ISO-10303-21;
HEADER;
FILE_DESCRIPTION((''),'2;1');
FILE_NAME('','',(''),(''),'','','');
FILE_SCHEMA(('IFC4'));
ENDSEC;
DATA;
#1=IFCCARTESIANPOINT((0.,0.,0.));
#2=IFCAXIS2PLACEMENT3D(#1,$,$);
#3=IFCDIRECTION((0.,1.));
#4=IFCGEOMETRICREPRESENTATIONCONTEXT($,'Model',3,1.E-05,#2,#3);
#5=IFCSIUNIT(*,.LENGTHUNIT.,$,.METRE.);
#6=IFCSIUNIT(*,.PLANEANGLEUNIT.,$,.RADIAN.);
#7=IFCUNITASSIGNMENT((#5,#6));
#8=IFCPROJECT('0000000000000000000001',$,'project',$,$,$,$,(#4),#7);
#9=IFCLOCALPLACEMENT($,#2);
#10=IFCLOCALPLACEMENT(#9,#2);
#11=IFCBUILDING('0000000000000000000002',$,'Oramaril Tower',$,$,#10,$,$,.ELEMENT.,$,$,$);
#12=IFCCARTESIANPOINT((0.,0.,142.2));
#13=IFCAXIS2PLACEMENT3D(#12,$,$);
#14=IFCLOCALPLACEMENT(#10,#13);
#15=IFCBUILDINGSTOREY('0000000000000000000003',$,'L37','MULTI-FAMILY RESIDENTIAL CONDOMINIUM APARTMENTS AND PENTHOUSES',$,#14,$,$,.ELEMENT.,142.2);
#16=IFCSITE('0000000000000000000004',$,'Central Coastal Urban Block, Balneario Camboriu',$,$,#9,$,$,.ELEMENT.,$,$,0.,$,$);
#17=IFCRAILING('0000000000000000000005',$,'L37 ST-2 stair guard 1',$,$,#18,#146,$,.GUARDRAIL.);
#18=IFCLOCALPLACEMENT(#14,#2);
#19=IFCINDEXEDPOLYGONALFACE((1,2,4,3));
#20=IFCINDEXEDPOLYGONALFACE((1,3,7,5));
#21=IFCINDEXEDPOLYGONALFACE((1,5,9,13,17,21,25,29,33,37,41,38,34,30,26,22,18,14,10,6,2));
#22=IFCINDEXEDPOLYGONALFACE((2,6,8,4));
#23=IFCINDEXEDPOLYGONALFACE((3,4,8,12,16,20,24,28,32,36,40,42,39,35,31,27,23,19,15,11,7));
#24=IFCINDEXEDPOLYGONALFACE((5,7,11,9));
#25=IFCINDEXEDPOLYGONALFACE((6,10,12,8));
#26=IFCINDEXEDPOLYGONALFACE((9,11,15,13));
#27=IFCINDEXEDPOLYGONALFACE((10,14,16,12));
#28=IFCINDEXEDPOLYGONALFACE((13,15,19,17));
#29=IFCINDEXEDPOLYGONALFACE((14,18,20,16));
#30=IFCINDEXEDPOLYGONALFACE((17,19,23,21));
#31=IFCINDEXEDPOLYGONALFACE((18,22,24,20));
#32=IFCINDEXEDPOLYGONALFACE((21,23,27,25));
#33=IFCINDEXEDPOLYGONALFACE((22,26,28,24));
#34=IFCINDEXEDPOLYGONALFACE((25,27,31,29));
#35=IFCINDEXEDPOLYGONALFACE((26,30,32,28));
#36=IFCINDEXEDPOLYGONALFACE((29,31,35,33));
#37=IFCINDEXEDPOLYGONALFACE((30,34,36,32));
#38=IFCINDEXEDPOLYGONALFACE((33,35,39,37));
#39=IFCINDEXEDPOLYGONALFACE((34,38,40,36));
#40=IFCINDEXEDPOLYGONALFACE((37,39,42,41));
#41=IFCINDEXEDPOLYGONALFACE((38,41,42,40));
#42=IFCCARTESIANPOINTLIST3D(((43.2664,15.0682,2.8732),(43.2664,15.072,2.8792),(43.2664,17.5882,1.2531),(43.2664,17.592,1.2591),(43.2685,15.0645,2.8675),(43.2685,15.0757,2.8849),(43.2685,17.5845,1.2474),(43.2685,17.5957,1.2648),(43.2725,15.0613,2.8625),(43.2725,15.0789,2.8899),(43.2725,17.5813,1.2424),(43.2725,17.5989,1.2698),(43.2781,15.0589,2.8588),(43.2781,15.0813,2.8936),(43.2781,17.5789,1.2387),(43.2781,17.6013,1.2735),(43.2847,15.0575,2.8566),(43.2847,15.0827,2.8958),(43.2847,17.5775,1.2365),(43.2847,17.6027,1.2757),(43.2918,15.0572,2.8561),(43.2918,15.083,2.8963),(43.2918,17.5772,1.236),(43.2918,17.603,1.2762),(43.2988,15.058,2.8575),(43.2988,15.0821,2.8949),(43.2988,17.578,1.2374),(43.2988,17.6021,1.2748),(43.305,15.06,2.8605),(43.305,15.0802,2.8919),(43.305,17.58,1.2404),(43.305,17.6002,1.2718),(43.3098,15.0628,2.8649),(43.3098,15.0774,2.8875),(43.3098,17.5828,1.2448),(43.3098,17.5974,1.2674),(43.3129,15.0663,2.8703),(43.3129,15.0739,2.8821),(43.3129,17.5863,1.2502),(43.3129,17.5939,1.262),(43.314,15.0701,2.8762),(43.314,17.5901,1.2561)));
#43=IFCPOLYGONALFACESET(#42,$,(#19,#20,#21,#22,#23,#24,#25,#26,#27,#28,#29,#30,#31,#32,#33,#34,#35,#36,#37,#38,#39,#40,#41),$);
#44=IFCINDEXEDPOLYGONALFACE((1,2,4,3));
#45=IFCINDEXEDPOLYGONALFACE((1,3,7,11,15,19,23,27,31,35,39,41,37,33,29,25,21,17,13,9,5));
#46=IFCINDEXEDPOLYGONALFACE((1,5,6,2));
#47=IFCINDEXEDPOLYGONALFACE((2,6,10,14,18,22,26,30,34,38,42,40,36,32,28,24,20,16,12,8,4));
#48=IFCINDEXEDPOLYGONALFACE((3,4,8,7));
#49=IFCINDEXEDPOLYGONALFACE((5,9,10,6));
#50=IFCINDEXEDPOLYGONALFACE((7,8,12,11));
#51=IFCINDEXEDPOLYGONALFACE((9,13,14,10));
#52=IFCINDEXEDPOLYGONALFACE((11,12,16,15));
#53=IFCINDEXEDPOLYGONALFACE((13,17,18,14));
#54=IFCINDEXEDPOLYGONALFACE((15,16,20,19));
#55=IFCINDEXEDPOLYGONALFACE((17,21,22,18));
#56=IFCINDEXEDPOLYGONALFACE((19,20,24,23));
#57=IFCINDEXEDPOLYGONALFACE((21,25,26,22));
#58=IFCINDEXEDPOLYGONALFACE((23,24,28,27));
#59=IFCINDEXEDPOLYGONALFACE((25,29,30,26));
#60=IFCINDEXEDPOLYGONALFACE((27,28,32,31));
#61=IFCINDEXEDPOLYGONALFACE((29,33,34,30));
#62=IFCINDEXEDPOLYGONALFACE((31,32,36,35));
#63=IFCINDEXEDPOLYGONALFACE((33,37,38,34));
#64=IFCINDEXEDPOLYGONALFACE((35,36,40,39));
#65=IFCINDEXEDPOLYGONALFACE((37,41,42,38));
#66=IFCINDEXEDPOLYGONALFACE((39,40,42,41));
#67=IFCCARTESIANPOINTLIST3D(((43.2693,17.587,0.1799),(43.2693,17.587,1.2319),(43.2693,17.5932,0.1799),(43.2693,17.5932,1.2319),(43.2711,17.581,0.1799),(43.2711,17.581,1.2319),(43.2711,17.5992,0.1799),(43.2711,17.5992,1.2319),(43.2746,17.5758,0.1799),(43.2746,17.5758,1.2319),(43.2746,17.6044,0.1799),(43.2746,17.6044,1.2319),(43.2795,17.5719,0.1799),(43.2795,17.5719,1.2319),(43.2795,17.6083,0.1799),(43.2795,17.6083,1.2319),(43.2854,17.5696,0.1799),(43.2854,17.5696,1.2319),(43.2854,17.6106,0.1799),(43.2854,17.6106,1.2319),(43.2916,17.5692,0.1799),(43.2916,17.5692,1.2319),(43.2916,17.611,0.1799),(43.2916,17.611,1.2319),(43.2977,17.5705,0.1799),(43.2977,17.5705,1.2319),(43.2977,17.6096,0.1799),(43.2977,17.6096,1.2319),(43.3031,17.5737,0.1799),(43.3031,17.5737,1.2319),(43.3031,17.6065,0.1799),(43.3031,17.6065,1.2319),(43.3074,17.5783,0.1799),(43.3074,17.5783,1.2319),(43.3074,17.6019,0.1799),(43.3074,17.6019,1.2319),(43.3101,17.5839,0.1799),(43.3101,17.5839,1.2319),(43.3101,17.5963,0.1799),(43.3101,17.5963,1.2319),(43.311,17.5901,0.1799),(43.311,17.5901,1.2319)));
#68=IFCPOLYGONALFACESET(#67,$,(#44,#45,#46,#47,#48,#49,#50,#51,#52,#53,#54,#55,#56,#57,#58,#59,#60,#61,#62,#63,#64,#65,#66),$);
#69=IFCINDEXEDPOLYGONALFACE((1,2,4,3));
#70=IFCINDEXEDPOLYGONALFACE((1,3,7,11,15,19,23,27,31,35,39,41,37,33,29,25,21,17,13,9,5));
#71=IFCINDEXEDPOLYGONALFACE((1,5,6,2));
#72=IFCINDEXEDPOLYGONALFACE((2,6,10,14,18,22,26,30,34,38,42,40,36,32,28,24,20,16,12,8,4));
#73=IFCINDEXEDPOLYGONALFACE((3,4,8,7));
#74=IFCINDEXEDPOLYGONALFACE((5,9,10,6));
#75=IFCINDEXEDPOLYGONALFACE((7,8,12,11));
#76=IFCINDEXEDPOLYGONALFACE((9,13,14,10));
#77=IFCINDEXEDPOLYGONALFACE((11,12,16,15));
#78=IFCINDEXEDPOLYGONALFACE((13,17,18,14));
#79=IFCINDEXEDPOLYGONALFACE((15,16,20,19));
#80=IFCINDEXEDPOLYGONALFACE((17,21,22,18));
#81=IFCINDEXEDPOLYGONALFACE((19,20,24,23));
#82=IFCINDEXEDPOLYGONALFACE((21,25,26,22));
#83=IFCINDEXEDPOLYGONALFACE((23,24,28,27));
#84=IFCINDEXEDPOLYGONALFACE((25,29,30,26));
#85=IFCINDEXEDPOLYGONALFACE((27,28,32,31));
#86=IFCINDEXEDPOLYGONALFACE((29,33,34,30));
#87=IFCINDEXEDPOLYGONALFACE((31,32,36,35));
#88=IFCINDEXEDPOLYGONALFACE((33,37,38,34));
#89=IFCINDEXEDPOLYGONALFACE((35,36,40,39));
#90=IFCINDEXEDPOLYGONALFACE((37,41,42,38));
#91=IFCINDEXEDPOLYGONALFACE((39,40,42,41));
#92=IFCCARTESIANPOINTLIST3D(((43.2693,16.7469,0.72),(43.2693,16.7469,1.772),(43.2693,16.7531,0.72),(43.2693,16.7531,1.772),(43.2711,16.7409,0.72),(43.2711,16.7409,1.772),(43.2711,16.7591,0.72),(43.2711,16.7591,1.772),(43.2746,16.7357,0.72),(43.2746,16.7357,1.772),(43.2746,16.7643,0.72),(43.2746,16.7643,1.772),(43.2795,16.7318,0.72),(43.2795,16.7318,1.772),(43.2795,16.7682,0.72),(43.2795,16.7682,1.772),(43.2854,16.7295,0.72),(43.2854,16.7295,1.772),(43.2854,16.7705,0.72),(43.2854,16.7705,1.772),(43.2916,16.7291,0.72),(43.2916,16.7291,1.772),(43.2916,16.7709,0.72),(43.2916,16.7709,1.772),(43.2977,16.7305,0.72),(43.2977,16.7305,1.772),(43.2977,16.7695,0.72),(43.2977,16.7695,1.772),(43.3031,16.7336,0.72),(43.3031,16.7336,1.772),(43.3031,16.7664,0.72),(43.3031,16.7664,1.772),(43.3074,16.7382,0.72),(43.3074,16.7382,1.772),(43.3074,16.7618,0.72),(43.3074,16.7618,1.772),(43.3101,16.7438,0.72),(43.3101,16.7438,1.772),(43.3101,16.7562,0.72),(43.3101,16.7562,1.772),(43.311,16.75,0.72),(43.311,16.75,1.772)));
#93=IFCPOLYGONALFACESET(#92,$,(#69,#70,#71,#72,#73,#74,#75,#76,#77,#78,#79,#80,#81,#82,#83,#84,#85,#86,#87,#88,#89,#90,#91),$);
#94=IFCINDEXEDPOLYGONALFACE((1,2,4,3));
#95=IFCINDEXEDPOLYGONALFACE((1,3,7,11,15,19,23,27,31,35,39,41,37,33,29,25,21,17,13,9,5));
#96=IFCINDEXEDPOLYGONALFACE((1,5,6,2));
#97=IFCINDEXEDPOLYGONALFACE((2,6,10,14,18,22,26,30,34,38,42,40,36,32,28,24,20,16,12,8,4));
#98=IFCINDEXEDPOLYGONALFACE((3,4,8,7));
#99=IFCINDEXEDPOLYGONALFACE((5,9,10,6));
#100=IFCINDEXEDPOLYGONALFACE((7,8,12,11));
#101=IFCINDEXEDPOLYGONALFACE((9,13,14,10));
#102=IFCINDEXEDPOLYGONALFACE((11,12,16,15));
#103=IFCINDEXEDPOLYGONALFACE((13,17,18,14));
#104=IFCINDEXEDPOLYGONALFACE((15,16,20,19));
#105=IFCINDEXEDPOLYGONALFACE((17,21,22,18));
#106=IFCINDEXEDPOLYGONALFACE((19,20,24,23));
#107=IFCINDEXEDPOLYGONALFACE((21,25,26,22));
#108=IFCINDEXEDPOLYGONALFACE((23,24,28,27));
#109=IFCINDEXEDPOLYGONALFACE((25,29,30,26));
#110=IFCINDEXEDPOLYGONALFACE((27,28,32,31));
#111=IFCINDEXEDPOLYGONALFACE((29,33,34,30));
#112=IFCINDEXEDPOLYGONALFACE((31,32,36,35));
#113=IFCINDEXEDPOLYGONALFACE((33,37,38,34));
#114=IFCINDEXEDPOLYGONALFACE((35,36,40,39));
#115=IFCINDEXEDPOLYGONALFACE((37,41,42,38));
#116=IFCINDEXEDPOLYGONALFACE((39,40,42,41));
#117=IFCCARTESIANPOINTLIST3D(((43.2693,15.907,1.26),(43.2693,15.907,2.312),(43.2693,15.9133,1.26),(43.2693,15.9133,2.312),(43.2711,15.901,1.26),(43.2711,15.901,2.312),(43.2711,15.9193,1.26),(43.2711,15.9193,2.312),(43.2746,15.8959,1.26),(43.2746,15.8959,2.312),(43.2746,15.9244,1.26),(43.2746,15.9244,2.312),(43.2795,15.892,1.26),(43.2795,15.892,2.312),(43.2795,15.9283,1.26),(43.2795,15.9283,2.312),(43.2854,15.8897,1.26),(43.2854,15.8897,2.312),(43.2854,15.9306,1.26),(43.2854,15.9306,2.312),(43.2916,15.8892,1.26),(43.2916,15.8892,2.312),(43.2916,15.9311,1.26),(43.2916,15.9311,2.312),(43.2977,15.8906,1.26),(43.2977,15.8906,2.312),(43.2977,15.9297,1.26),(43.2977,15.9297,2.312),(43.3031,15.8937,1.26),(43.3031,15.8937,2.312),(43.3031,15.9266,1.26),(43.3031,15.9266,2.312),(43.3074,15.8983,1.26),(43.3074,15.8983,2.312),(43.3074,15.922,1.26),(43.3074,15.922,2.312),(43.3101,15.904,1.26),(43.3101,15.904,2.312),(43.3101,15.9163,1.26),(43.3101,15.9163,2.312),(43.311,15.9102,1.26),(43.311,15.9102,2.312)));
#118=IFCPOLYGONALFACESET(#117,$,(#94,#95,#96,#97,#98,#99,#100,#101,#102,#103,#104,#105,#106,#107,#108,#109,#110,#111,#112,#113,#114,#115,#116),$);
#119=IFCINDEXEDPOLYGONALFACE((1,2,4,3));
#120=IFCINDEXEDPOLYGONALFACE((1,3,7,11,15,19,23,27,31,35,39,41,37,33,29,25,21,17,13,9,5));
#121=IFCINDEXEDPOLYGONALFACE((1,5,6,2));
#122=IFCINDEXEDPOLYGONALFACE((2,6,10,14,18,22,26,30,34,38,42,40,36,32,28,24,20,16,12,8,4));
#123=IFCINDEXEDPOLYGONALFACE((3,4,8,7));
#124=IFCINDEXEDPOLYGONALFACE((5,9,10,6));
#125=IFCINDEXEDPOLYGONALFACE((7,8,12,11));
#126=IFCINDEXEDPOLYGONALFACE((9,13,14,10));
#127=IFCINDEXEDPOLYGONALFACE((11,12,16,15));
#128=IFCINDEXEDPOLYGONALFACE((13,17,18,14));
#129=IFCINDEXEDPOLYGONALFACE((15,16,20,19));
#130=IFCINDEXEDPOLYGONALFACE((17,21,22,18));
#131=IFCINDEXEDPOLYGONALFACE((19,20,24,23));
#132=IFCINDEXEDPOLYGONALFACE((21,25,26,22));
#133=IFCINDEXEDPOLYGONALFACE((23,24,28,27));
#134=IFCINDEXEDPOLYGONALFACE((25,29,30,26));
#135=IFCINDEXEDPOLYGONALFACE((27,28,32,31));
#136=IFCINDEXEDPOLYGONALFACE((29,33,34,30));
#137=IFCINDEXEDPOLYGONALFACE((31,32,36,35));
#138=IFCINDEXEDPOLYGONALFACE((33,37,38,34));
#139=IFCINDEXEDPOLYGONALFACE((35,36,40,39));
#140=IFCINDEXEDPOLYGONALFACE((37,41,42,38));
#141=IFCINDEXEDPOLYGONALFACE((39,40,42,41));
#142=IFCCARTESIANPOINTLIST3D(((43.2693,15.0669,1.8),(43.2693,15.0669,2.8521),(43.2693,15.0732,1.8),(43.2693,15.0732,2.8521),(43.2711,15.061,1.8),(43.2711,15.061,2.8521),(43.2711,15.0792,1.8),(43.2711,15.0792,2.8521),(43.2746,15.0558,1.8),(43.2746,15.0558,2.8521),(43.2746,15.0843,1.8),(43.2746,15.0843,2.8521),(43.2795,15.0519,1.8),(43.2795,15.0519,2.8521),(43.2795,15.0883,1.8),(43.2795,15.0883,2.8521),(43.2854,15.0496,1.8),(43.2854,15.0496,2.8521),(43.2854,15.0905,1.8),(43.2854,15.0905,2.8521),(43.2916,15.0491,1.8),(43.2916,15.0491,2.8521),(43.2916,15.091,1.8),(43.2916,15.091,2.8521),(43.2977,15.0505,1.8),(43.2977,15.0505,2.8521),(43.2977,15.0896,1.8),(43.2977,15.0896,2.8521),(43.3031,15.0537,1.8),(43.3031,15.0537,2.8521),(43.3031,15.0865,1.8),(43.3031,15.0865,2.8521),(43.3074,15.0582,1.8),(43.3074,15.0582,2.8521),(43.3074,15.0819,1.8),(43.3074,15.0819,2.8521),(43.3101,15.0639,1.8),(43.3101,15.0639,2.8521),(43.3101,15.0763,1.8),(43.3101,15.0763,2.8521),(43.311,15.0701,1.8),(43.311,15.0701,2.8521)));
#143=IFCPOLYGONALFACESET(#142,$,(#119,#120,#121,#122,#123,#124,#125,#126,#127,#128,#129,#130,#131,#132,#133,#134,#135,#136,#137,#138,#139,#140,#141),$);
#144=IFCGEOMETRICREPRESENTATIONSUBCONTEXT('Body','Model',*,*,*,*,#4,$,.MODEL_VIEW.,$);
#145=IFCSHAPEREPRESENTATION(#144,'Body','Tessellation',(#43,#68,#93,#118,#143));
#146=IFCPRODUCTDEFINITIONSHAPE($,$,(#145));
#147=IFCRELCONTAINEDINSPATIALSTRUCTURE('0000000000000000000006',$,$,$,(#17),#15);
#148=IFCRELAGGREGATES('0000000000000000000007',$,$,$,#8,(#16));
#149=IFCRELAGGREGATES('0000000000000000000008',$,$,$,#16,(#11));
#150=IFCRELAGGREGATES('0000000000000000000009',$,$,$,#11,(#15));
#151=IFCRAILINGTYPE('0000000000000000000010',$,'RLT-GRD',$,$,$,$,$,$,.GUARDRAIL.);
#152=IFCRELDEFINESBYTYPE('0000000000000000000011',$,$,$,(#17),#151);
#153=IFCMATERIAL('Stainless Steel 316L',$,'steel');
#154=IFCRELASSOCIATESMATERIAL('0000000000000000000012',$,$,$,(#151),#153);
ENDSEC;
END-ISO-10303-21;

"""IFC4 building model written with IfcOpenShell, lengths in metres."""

from ifc_helpers import new_model, si_unit, direction, frame, origin, origin_2d, place, context, subcontext, project, spatial, circle, extrude, material, type_object, element, save


model = new_model("IFC4")

# Units and contexts
model_context = context("Model", 3, precision=1e-05, world=origin(), true_north=direction((0.0, 1.0)))
body_context = subcontext(model_context, "Body", "Model", "MODEL_VIEW")
ifc_project = project(units=[si_unit("LENGTHUNIT", "METRE"), si_unit("PLANEANGLEUNIT", "RADIAN")], contexts=[model_context])

# Site, building, storey
site_placement = place(None, origin())
site = spatial("IfcSite", under=ifc_project, at=site_placement, Name="Central Coastal Urban Block, Balneario Camboriu", CompositionType="ELEMENT", RefElevation=0.0)
building_placement = place(site_placement, origin())
building = spatial("IfcBuilding", under=site, at=building_placement, Name="Oramaril Tower", CompositionType="ELEMENT")
storey_placement = place(building_placement, frame((0.0, 0.0, 142.2)))
storey = spatial("IfcBuildingStorey", under=building, at=storey_placement, Name="L37", Description="MULTI-FAMILY RESIDENTIAL CONDOMINIUM APARTMENTS AND PENTHOUSES", CompositionType="ELEMENT", Elevation=142.2)

# Railing
ifc_material_1 = material(Name="Stainless Steel 316L", Category="steel")
railing_type_1 = type_object("IfcRailingType", Name="RLT-GRD", PredefinedType="GUARDRAIL", material=ifc_material_1)
railing_1_placement = place(storey_placement, frame((43.29, 17.5901, 0.1799)))
element("IfcRailing", 1, at=railing_1_placement, inside=storey, type_object=railing_type_1, Name="L37 ST-2 stair guard 1", PredefinedType="GUARDRAIL", context=body_context, shape_type="SweptSolid", body=[
    extrude(circle(Radius=0.0239, at=origin_2d()), frame((0.0, 0.0, 1.0762), z_axis=(0.0, -0.841163, 0.540782), x_axis=(1.0, 0.0, 0.0)), (0.0, 0.0, 1.0), 2.9958),
    extrude(circle(Radius=0.021, at=origin_2d()), origin(), (0.0, 0.0, 1.0), 1.052),
    extrude(circle(Radius=0.021, at=origin_2d()), frame((0.0, -0.8401, 0.54)), (0.0, 0.0, 1.0), 1.052),
    extrude(circle(Radius=0.021, at=origin_2d()), frame((0.0, -1.6799, 1.0801)), (0.0, 0.0, 1.0), 1.052),
    extrude(circle(Radius=0.021, at=origin_2d()), frame((0.0, -2.52, 1.6201)), (0.0, 0.0, 1.0), 1.052),
])

save(model, "model.ifc")
